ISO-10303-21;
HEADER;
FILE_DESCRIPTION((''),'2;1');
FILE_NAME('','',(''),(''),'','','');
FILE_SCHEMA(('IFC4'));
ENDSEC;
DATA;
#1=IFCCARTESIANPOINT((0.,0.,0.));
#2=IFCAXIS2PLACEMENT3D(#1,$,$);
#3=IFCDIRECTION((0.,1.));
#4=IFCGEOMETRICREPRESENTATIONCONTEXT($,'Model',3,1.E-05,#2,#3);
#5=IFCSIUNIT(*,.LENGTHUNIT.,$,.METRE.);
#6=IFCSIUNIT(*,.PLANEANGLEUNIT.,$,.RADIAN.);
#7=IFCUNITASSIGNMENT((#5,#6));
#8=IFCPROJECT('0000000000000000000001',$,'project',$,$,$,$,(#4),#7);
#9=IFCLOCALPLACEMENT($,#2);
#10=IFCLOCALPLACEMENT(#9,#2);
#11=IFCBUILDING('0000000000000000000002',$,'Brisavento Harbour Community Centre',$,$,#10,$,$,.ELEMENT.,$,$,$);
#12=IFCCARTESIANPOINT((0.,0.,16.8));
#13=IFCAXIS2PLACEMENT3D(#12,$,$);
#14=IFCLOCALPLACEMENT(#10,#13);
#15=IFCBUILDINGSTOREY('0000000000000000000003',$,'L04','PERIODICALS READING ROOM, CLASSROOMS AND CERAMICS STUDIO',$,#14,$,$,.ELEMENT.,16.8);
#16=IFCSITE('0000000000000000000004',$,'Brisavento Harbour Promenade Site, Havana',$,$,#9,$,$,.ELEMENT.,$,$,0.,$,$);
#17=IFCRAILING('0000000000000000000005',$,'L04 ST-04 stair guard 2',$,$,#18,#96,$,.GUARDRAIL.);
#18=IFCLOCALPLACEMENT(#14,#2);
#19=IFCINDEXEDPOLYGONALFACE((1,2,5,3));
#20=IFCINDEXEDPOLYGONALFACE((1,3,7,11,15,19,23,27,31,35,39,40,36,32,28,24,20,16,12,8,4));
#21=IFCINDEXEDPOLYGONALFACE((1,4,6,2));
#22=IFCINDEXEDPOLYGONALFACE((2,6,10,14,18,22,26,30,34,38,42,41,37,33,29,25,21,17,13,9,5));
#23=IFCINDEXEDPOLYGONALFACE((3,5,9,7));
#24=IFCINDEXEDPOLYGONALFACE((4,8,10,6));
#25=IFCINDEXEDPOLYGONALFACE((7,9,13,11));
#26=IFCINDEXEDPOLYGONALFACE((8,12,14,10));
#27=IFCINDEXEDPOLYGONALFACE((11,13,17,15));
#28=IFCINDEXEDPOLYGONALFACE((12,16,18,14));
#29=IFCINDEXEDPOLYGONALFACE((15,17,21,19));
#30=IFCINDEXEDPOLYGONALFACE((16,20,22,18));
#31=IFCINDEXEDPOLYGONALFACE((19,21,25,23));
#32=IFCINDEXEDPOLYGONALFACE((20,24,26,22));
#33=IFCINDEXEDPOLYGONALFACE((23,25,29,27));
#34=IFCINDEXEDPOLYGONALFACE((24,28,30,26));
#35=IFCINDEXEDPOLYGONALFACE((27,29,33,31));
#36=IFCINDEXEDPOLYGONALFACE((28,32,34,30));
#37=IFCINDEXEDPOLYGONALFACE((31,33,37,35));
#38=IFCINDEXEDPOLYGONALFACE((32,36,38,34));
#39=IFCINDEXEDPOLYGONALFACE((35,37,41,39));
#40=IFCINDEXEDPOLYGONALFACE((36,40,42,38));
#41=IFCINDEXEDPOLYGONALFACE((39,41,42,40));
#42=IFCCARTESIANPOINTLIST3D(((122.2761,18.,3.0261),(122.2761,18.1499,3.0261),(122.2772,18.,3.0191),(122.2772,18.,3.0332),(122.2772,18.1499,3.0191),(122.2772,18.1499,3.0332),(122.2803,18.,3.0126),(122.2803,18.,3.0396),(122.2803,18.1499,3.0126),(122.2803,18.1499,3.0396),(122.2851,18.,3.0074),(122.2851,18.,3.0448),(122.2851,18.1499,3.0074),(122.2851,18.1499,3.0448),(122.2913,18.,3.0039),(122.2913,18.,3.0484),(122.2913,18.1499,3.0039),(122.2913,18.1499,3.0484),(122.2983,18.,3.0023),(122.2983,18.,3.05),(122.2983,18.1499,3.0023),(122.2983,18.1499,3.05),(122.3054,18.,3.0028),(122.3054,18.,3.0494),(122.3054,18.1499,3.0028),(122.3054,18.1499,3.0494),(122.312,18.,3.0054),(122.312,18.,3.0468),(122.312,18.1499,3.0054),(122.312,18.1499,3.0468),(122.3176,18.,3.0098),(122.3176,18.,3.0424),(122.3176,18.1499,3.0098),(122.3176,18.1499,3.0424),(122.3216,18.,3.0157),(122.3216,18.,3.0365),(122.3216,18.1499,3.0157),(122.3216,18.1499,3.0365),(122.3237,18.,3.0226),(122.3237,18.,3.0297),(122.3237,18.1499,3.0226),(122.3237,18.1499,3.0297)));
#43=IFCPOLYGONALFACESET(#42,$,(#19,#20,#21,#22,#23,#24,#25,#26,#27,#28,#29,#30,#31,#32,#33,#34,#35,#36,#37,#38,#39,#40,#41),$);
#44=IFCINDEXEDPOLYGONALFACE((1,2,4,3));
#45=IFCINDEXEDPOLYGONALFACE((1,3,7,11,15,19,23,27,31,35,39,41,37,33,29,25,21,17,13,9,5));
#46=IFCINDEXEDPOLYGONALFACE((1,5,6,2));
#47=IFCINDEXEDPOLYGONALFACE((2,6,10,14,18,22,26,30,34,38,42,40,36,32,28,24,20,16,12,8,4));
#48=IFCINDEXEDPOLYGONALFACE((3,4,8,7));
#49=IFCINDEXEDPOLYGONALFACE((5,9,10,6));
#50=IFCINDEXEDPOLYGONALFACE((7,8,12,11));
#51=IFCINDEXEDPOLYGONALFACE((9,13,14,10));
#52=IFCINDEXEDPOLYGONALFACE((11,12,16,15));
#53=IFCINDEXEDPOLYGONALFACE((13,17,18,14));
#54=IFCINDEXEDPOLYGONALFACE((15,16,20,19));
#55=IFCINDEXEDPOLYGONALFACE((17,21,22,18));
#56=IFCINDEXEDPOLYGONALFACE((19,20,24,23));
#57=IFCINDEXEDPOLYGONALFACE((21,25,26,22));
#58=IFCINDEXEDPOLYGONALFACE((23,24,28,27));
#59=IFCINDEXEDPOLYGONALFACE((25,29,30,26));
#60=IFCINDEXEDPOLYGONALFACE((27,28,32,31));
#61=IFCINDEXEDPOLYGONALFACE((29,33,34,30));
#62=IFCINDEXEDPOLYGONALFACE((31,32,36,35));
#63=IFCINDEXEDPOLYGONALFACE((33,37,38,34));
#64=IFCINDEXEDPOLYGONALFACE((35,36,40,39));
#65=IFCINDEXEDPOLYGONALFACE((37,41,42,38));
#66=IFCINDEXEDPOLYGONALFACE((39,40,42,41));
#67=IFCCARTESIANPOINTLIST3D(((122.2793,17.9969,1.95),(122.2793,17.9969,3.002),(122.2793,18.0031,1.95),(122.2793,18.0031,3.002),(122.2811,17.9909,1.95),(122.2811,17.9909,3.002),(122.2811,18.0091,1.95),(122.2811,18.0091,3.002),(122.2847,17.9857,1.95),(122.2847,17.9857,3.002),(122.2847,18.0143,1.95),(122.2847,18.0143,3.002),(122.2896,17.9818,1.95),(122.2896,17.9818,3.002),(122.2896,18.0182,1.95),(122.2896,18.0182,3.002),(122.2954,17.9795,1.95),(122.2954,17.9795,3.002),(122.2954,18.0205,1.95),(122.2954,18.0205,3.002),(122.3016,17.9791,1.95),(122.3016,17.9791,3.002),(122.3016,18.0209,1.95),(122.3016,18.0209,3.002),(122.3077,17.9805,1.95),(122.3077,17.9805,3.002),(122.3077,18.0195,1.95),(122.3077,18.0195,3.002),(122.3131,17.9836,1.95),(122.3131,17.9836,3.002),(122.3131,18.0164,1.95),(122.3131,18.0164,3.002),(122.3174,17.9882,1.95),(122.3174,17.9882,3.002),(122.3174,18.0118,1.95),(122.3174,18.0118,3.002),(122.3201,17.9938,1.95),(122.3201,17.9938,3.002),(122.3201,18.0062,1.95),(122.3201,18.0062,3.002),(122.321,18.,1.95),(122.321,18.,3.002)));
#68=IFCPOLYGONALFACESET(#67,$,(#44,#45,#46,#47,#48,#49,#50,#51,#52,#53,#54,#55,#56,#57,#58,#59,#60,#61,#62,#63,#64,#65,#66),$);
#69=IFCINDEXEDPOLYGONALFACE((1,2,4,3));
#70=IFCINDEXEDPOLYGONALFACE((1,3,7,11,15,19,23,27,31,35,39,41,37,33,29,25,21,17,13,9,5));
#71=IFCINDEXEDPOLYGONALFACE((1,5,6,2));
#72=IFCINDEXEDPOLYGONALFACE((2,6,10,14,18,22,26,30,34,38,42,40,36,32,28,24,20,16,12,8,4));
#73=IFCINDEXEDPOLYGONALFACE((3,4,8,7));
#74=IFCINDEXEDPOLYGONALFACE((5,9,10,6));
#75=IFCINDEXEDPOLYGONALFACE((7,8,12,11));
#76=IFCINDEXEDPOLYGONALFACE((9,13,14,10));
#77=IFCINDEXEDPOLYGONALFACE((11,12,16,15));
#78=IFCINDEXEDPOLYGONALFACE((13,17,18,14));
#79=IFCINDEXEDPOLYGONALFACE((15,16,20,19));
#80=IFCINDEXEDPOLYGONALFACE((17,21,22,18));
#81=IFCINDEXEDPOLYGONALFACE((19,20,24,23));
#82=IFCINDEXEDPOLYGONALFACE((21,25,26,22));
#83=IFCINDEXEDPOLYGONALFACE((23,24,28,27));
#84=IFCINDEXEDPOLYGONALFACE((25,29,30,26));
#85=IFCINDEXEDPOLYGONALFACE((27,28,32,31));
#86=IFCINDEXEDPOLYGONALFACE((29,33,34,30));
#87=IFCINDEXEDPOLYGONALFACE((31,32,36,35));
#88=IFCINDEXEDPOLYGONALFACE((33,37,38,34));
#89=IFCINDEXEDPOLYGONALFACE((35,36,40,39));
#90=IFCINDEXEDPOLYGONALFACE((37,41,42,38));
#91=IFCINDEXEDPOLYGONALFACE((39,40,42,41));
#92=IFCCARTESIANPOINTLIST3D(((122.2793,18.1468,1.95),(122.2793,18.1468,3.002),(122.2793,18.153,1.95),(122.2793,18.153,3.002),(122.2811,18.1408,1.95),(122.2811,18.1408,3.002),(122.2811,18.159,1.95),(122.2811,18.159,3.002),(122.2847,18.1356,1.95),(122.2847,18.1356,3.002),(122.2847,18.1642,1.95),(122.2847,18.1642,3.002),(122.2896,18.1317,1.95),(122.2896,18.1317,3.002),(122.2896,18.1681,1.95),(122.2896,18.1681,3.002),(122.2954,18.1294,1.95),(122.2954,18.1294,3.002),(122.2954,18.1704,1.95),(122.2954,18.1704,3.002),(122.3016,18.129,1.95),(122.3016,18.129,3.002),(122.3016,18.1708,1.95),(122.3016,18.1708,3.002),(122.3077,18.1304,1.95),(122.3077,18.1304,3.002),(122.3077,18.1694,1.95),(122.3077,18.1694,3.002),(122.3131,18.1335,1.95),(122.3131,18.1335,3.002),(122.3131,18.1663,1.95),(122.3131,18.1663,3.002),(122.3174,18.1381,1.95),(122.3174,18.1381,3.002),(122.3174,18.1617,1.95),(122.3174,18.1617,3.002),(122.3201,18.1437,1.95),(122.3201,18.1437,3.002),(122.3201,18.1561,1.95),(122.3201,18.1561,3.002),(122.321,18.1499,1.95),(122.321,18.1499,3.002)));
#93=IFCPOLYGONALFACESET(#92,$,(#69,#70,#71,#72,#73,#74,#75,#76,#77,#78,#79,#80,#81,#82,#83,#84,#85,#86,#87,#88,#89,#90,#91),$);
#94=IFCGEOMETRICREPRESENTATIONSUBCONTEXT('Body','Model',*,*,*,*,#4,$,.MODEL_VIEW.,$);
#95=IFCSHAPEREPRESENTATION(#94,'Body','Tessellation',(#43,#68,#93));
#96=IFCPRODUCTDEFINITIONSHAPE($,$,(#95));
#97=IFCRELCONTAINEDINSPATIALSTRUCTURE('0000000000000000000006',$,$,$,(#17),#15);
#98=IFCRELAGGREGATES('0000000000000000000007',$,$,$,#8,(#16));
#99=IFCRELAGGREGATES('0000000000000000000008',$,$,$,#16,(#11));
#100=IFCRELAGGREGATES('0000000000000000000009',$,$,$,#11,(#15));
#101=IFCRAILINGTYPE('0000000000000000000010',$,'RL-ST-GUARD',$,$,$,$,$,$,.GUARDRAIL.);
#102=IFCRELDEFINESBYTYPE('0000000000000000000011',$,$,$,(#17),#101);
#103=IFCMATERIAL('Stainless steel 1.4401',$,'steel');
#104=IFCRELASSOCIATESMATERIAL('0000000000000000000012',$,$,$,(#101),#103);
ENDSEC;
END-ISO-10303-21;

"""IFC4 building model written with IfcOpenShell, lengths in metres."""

from ifc_helpers import new_model, si_unit, direction, frame, origin, origin_2d, place, context, subcontext, project, spatial, circle, extrude, material, type_object, element, save


model = new_model("IFC4")

# Units and contexts
model_context = context("Model", 3, precision=1e-05, world=origin(), true_north=direction((0.0, 1.0)))
body_context = subcontext(model_context, "Body", "Model", "MODEL_VIEW")
ifc_project = project(units=[si_unit("LENGTHUNIT", "METRE"), si_unit("PLANEANGLEUNIT", "RADIAN")], contexts=[model_context])

# Site, building, storey
site_placement = place(None, origin())
site = spatial("IfcSite", under=ifc_project, at=site_placement, Name="Brisavento Harbour Promenade Site, Havana", CompositionType="ELEMENT", RefElevation=0.0)
building_placement = place(site_placement, origin())
building = spatial("IfcBuilding", under=site, at=building_placement, Name="Brisavento Harbour Community Centre", CompositionType="ELEMENT")
storey_placement = place(building_placement, frame((0.0, 0.0, 16.8)))
storey = spatial("IfcBuildingStorey", under=building, at=storey_placement, Name="L04", Description="PERIODICALS READING ROOM, CLASSROOMS AND CERAMICS STUDIO", CompositionType="ELEMENT", Elevation=16.8)

# Shared definitions
ifc_material_1 = material(Name="Stainless steel 1.4401", Category="steel")

# Railing
railing_type_1 = type_object("IfcRailingType", Name="RL-ST-GUARD", PredefinedType="GUARDRAIL", material=ifc_material_1)
railing_1_placement = place(storey_placement, frame((122.3, 18.0, 1.95)))
element("IfcRailing", 1, at=railing_1_placement, inside=storey, type_object=railing_type_1, Name="L04 ST-04 stair guard 2", PredefinedType="GUARDRAIL", context=body_context, shape_type="SweptSolid", body=[
    extrude(circle(Radius=0.0239, at=origin_2d()), frame((0.0, 0.0, 1.0762), z_axis=(0.0, 1.0, 0.0), x_axis=(-1.0, 0.0, 0.0)), (0.0, 0.0, 1.0), 0.1499),
    extrude(circle(Radius=0.021, at=origin_2d()), origin(), (0.0, 0.0, 1.0), 1.052),
    extrude(circle(Radius=0.021, at=origin_2d()), frame((0.0, 0.1499, 0.0)), (0.0, 0.0, 1.0), 1.052),
])

save(model, "model.ifc")
